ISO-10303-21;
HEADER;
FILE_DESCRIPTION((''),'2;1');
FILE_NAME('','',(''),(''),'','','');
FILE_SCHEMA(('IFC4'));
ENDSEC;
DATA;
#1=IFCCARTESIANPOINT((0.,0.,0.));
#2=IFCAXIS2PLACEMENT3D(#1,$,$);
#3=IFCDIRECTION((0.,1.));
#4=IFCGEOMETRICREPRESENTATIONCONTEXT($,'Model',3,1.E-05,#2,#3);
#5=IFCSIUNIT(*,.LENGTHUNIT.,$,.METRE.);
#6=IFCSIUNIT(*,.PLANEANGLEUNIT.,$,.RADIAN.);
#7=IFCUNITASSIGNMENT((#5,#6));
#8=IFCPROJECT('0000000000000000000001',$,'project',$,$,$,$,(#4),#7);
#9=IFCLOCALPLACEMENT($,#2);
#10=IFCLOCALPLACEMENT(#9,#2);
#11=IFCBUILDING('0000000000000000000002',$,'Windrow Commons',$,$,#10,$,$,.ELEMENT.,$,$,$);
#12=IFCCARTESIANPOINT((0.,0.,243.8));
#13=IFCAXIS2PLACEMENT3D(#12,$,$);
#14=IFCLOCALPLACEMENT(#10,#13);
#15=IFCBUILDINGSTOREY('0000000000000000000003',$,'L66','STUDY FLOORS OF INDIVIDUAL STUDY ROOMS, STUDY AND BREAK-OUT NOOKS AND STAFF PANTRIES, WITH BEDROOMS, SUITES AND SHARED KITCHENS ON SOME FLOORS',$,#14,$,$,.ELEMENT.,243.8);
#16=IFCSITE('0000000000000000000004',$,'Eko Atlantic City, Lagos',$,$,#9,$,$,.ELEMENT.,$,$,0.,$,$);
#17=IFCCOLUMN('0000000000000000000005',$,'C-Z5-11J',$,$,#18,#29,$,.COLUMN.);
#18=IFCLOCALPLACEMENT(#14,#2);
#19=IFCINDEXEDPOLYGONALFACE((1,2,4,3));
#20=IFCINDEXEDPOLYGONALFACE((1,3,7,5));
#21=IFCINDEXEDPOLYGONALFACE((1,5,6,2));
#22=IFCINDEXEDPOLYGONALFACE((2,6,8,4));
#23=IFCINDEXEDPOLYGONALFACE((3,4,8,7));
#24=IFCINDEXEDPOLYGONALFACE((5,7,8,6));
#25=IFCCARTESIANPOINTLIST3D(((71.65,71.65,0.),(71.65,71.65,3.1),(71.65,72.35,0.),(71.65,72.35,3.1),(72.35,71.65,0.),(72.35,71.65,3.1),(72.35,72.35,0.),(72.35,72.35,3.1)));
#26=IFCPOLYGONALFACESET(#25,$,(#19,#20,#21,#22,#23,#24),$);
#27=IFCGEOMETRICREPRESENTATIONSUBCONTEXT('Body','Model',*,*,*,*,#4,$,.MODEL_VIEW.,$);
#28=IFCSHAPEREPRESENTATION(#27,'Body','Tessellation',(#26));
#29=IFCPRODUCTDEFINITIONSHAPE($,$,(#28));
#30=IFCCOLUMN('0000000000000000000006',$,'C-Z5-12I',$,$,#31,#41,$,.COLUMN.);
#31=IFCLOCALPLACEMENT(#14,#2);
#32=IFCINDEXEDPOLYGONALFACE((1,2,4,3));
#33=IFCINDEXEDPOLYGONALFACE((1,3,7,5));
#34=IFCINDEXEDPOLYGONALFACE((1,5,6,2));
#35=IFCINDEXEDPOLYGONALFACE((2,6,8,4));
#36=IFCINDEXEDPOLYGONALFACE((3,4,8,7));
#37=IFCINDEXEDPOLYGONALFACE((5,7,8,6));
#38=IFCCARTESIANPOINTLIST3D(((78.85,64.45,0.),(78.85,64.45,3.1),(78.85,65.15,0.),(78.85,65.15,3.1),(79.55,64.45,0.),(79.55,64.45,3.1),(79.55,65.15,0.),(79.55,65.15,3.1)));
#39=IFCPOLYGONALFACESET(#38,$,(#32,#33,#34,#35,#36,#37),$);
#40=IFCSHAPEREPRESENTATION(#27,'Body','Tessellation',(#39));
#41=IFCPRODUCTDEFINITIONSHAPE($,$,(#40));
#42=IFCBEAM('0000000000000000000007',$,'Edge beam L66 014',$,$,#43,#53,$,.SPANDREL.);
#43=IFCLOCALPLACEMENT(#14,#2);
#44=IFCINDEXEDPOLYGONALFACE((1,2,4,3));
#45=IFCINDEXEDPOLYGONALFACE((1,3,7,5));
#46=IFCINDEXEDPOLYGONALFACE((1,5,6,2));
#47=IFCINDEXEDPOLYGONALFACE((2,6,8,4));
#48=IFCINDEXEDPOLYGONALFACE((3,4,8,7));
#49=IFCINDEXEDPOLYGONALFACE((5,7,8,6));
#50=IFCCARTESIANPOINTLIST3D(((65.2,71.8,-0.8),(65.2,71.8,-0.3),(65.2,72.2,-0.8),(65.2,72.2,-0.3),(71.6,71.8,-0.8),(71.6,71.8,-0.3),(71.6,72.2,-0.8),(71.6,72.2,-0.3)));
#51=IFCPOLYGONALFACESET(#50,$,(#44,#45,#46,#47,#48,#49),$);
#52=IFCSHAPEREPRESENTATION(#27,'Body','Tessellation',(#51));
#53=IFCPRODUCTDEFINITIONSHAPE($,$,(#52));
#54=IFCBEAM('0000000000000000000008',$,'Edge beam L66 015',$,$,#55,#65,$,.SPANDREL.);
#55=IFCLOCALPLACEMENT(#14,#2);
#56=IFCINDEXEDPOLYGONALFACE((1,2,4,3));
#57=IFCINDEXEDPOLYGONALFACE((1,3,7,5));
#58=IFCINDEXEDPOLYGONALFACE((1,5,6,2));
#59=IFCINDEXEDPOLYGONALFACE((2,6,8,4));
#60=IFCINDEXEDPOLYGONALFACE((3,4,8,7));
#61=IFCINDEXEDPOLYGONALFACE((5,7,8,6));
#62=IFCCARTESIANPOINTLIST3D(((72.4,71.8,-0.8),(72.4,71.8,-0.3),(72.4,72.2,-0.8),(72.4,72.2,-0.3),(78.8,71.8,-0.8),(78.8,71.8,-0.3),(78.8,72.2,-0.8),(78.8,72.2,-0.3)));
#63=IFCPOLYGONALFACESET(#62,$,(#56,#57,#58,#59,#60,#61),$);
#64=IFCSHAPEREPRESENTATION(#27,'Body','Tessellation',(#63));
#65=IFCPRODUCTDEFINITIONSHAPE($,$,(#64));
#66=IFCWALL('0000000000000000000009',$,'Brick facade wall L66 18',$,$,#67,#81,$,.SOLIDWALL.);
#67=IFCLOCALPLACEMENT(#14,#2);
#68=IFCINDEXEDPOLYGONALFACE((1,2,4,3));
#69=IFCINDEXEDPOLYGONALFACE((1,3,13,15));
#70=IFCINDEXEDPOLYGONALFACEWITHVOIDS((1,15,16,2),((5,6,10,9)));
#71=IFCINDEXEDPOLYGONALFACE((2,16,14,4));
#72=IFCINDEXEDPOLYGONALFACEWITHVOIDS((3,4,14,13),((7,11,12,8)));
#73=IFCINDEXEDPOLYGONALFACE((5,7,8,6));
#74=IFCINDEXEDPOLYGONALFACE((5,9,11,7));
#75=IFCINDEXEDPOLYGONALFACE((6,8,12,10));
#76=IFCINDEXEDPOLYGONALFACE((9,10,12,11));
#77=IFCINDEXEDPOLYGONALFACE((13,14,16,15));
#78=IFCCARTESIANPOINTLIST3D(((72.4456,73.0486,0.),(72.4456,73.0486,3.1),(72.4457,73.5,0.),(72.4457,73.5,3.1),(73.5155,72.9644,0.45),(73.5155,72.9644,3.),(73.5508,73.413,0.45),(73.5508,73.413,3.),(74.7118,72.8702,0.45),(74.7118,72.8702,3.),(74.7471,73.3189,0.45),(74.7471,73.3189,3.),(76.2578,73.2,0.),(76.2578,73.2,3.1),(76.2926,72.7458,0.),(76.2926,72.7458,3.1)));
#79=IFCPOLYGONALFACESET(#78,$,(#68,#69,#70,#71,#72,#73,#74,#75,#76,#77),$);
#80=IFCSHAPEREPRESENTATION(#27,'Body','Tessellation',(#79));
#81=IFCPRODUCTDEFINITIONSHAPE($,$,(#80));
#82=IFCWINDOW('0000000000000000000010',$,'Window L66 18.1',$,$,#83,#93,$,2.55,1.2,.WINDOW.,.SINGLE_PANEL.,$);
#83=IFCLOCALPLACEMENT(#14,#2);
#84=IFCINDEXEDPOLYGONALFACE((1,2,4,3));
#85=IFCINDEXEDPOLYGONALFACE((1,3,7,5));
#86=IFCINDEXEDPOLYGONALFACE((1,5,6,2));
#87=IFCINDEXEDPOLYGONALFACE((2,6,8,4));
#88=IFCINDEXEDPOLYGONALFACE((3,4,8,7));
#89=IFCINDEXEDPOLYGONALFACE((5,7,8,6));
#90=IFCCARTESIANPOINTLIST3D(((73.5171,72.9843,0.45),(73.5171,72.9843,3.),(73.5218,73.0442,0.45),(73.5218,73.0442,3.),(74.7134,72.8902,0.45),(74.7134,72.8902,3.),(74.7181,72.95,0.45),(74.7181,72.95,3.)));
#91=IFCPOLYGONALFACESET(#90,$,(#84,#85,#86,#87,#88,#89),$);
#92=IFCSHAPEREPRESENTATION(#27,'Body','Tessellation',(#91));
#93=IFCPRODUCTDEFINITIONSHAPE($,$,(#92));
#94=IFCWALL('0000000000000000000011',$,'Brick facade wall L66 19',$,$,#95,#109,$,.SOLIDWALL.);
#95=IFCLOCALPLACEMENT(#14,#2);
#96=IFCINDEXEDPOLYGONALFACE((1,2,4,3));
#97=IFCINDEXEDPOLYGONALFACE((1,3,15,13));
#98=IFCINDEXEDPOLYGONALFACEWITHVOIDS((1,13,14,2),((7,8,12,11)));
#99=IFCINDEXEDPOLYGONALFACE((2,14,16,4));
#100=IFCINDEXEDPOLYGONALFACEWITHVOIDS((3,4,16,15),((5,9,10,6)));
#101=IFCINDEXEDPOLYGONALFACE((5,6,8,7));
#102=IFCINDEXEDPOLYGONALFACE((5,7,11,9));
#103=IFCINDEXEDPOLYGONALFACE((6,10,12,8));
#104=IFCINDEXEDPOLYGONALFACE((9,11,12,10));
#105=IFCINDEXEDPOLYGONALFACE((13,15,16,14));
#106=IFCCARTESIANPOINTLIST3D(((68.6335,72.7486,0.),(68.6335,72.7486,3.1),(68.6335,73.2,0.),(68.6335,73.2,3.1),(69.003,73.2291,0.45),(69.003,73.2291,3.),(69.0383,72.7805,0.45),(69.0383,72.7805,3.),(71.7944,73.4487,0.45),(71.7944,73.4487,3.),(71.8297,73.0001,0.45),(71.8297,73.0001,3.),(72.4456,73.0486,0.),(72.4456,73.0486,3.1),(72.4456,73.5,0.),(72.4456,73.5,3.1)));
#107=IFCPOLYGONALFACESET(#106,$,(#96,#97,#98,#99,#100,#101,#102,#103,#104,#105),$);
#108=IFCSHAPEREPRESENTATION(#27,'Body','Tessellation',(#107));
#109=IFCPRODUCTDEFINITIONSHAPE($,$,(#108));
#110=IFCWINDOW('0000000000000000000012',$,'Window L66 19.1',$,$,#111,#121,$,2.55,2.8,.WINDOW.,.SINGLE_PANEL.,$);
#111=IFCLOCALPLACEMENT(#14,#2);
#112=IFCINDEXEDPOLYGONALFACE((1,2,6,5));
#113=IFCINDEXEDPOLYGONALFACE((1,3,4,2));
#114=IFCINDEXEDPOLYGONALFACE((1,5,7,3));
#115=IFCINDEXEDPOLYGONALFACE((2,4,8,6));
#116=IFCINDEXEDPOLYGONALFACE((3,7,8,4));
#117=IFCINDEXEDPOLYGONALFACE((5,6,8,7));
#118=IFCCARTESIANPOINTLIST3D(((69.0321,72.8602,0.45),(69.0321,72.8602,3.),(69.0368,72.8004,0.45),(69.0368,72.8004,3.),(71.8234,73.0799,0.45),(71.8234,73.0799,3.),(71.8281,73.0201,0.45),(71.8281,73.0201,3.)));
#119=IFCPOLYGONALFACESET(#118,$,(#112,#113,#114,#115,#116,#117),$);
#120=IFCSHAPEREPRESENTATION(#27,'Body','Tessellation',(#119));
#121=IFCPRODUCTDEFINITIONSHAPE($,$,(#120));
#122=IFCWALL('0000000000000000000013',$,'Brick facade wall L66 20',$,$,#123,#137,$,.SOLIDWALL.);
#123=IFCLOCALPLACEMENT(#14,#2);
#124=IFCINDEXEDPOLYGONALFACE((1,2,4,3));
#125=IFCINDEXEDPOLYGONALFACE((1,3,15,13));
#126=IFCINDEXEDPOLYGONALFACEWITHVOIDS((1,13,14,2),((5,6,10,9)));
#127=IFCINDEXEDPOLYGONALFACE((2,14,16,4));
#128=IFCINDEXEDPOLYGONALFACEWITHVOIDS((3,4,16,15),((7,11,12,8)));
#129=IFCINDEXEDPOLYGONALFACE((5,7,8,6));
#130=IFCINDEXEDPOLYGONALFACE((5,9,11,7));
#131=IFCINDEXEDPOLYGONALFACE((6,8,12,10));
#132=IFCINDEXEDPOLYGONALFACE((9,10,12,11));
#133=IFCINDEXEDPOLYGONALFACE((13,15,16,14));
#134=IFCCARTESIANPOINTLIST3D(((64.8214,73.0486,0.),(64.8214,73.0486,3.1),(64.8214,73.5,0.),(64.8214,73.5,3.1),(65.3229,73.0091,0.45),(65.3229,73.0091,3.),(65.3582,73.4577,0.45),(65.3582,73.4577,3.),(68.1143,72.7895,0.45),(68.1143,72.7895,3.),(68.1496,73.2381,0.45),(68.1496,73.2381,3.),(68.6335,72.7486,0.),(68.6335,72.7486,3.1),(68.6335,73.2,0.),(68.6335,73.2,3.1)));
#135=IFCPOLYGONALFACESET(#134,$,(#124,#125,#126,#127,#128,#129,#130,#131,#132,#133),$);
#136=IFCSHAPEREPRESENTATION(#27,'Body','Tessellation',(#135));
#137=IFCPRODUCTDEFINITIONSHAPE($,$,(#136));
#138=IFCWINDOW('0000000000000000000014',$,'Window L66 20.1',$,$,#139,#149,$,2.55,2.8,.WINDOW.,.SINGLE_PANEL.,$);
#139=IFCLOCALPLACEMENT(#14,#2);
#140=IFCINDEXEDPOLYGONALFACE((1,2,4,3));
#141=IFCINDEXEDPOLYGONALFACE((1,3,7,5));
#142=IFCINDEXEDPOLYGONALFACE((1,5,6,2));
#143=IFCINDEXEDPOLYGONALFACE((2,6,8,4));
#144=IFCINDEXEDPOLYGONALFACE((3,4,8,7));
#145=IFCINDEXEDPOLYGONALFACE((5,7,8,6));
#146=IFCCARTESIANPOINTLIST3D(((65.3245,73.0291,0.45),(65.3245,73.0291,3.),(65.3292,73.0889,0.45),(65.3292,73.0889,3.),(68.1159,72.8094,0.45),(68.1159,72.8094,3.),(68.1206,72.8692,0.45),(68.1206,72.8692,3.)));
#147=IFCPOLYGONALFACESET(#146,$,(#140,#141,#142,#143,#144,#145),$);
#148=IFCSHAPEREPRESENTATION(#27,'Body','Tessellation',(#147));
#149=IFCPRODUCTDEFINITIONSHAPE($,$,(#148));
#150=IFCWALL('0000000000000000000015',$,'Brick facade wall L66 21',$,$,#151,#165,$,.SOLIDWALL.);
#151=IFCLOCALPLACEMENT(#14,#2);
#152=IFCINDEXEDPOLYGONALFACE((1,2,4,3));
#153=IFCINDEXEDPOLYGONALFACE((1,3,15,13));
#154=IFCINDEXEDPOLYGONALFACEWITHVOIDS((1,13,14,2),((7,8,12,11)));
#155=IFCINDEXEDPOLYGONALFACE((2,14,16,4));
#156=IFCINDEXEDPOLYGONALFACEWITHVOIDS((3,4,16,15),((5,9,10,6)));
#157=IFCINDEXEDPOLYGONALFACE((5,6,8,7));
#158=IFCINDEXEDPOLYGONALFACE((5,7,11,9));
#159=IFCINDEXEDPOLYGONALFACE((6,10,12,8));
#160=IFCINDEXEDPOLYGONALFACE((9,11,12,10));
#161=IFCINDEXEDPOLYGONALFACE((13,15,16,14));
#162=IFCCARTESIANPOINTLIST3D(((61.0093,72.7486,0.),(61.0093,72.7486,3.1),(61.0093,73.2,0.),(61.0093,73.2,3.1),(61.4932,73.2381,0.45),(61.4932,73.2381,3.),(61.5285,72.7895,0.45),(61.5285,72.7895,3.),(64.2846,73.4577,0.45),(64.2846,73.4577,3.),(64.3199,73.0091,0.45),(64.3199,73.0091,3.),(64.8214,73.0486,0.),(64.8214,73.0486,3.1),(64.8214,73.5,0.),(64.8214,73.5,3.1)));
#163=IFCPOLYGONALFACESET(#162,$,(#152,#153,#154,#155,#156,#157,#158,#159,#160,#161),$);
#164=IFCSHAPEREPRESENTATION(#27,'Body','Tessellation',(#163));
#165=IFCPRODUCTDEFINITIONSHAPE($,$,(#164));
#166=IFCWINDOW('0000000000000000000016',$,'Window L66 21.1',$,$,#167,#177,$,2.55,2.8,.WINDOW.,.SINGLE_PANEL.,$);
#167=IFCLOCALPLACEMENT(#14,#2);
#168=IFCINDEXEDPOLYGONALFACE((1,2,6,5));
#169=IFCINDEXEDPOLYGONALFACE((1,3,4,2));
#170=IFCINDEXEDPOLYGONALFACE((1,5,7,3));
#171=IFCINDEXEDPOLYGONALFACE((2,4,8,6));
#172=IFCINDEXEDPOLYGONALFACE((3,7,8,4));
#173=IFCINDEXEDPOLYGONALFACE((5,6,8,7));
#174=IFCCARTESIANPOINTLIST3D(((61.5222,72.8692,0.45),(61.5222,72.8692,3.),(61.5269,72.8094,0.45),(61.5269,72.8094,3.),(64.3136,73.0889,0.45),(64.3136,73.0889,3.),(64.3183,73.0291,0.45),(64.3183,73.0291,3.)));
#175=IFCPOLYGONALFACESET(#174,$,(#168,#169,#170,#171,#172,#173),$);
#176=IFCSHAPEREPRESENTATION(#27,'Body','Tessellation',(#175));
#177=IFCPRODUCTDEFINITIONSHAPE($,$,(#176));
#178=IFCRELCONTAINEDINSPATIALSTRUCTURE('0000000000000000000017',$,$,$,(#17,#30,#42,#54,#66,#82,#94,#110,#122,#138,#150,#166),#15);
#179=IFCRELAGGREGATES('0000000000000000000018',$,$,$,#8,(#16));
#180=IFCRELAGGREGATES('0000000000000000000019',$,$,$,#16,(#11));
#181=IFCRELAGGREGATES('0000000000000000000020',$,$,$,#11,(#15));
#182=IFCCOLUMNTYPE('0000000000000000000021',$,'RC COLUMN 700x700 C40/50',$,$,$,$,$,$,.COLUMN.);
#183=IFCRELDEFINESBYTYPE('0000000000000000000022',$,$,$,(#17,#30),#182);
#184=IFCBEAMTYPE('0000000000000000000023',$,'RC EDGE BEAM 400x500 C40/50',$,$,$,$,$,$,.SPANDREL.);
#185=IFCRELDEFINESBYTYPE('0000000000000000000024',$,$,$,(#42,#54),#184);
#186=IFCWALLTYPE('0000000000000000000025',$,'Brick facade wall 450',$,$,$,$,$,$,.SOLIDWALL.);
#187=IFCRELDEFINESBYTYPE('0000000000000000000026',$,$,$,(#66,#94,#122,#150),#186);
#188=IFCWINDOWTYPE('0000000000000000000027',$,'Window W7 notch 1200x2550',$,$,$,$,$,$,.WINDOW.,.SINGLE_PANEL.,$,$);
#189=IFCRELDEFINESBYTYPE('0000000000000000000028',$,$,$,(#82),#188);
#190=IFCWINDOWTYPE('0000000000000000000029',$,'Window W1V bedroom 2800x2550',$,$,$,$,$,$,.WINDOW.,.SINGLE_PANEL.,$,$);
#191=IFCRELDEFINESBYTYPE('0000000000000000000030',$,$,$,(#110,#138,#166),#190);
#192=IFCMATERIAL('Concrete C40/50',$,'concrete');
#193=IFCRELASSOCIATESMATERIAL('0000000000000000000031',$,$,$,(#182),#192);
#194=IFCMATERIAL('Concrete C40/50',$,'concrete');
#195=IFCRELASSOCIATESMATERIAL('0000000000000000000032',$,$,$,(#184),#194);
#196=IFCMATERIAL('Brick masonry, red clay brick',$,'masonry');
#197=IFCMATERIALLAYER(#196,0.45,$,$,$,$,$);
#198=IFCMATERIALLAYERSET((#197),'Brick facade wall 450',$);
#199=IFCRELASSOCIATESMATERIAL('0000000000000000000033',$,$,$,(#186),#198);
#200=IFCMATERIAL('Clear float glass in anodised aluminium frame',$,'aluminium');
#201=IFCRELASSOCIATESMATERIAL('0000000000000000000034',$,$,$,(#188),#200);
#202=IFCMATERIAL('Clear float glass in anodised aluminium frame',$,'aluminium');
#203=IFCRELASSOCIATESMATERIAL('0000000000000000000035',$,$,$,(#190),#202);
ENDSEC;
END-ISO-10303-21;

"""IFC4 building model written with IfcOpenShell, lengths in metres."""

from ifc_helpers import new_model, si_unit, direction, frame, frame_2d, origin, origin_2d, place, context, subcontext, project, spatial, polyline, rectangle, outline, extrude, material, layer, layer_set, material_profile, profile_set, type_object, element, fill, save


model = new_model("IFC4")

# Units and contexts
model_context = context("Model", 3, precision=1e-05, world=origin(), true_north=direction((0.0, 1.0)))
body_context = subcontext(model_context, "Body", "Model", "MODEL_VIEW")
ifc_project = project(units=[si_unit("LENGTHUNIT", "METRE"), si_unit("PLANEANGLEUNIT", "RADIAN")], contexts=[model_context])

# Site, building, storey
site_placement = place(None, origin())
site = spatial("IfcSite", under=ifc_project, at=site_placement, Name="Eko Atlantic City, Lagos", CompositionType="ELEMENT", RefElevation=0.0)
building_placement = place(site_placement, origin())
building = spatial("IfcBuilding", under=site, at=building_placement, Name="Windrow Commons", CompositionType="ELEMENT")
storey_placement = place(building_placement, frame((0.0, 0.0, 243.8)))
storey = spatial("IfcBuildingStorey", under=building, at=storey_placement, Name="L66", Description="STUDY FLOORS OF INDIVIDUAL STUDY ROOMS, STUDY AND BREAK-OUT NOOKS AND STAFF PANTRIES, WITH BEDROOMS, SUITES AND SHARED KITCHENS ON SOME FLOORS", CompositionType="ELEMENT", Elevation=243.8)

# Columns
ifc_material_1 = material(Name="Concrete C40/50", Category="concrete")
ifc_material_profile_1 = material_profile(ifc_material_1, rectangle(XDim=0.7, YDim=0.7, at=origin_2d()))
ifc_profile_set_1 = profile_set([ifc_material_profile_1], Name="Concrete C40/50")
column_type = type_object("IfcColumnType", Name="RC COLUMN 700x700 C40/50", PredefinedType="COLUMN", material=ifc_profile_set_1)
for number, where, z_axis, x_axis, name in (
    (1, (72.0, 72.0, 0.0), (0.0, 0.0, 1.0), (1.0, 0.0, 0.0), "C-Z5-11J"),
    (2, (79.2, 64.8, 0.0), (0.0, 0.0, 1.0), (1.0, 0.0, 0.0), "C-Z5-12I"),
):
    element("IfcColumn", number, at=place(storey_placement, frame(where, z_axis=z_axis, x_axis=x_axis)), inside=storey, type_object=column_type, Name=name, PredefinedType="COLUMN", context=body_context, shape_type="SweptSolid", body=[
        extrude(rectangle(XDim=0.7, YDim=0.7, at=origin_2d()), origin(), (0.0, 0.0, 1.0), 3.1),
    ])

# Beams
ifc_material_2 = material(Name="Concrete C40/50", Category="concrete")
ifc_material_profile_2 = material_profile(ifc_material_2, rectangle(XDim=0.4, YDim=0.5, at=origin_2d()))
ifc_profile_set_2 = profile_set([ifc_material_profile_2], Name="Concrete C40/50")
beam_type = type_object("IfcBeamType", Name="RC EDGE BEAM 400x500 C40/50", PredefinedType="SPANDREL", material=ifc_profile_set_2)
for number, where, z_axis, x_axis, name in (
    (3, (65.2, 72.0, -0.55), (1.0, 0.0, 0.0), (0.0, 1.0, 0.0), "Edge beam L66 014"),
    (4, (72.4, 72.0, -0.55), (1.0, 0.0, 0.0), (0.0, 1.0, 0.0), "Edge beam L66 015"),
):
    element("IfcBeam", number, at=place(storey_placement, frame(where, z_axis=z_axis, x_axis=x_axis)), inside=storey, type_object=beam_type, Name=name, PredefinedType="SPANDREL", context=body_context, shape_type="SweptSolid", body=[
        extrude(rectangle(XDim=0.4, YDim=0.5, at=origin_2d()), origin(), (0.0, 0.0, 1.0), 6.4),
    ])

# Walls, openings, windows
ifc_material_3 = material(Name="Brick masonry, red clay brick", Category="masonry")
ifc_layer_1 = layer(ifc_material_3, 0.45)
ifc_layer_set_1 = layer_set([ifc_layer_1], Name="Brick facade wall 450")
wall_type_1 = type_object("IfcWallType", Name="Brick facade wall 450", PredefinedType="SOLIDWALL", material=ifc_layer_set_1)
wall_1_placement = place(storey_placement, frame((76.2752, 72.9729, 0.0), z_axis=(0.0, 0.0, 1.0), x_axis=(-0.996917, 0.07846, 0.0)))
wall_1 = element("IfcWall", 5, at=wall_1_placement, inside=storey, type_object=wall_type_1, Name="Brick facade wall L66 18", PredefinedType="SOLIDWALL", context=body_context, shape_type="SweptSolid", body=[
    extrude(outline(polyline([(0.0352, -0.225), (3.8591, -0.225), (3.8237, 0.225), (-0.0352, 0.225), (0.0352, -0.225)])), origin(), (0.0, 0.0, 1.0), 3.1),
])
opening_1_placement = place(wall_1_placement, frame((1.5505, 0.0, 0.45)))
opening_1 = element("IfcOpeningElement", 6, at=opening_1_placement, cuts=wall_1, PredefinedType="OPENING", context=body_context, shape_type="SweptSolid", body=[
    extrude(rectangle(XDim=1.2, YDim=2.55, at=frame_2d((0.6, 1.275))), frame((0.0, 0.235, 0.0), z_axis=(0.0, -1.0, 0.0), x_axis=(1.0, 0.0, 0.0)), (0.0, 0.0, 1.0), 0.47),
])
ifc_material_4 = material(Name="Clear float glass in anodised aluminium frame", Category="aluminium")
window_type_1 = type_object("IfcWindowType", Name="Window W7 notch 1200x2550", PartitioningType="SINGLE_PANEL", PredefinedType="WINDOW", material=ifc_material_4)
window_1_placement = place(opening_1_placement, origin())
window_1 = element("IfcWindow", 7, at=window_1_placement, inside=storey, type_object=window_type_1, Name="Window L66 18.1", OverallHeight=2.55, OverallWidth=1.2, PartitioningType="SINGLE_PANEL", PredefinedType="WINDOW", context=body_context, shape_type="SweptSolid", body=[
    extrude(rectangle(XDim=1.2, YDim=2.55, at=frame_2d((0.6, 1.275))), frame((0.0, 0.205, 0.0), z_axis=(0.0, -1.0, 0.0), x_axis=(1.0, 0.0, 0.0)), (0.0, 0.0, 1.0), 0.06),
])
fill(opening_1, window_1)
wall_2_placement = place(storey_placement, frame((72.4456, 73.2743, 0.0), z_axis=(0.0, 0.0, 1.0), x_axis=(-0.996918, -0.078454, 0.0)))
wall_2 = element("IfcWall", 8, at=wall_2_placement, inside=storey, type_object=wall_type_1, Name="Brick facade wall L66 19", PredefinedType="SOLIDWALL", context=body_context, shape_type="SweptSolid", body=[
    extrude(outline(polyline([(-0.0177, -0.225), (3.8062, -0.225), (3.8416, 0.225), (0.0177, 0.225), (-0.0177, -0.225)])), origin(), (0.0, 0.0, 1.0), 3.1),
])
opening_2_placement = place(wall_2_placement, frame((0.6355, 0.0, 0.45)))
opening_2 = element("IfcOpeningElement", 9, at=opening_2_placement, cuts=wall_2, PredefinedType="OPENING", context=body_context, shape_type="SweptSolid", body=[
    extrude(rectangle(XDim=2.8, YDim=2.55, at=frame_2d((1.4, 1.275))), frame((0.0, 0.235, 0.0), z_axis=(0.0, -1.0, 0.0), x_axis=(1.0, 0.0, 0.0)), (0.0, 0.0, 1.0), 0.47),
])
ifc_material_5 = material(Name="Clear float glass in anodised aluminium frame", Category="aluminium")
window_type_2 = type_object("IfcWindowType", Name="Window W1V bedroom 2800x2550", PartitioningType="SINGLE_PANEL", PredefinedType="WINDOW", material=ifc_material_5)
window_2_placement = place(opening_2_placement, origin())
window_2 = element("IfcWindow", 10, at=window_2_placement, inside=storey, type_object=window_type_2, Name="Window L66 19.1", OverallHeight=2.55, OverallWidth=2.8, PartitioningType="SINGLE_PANEL", PredefinedType="WINDOW", context=body_context, shape_type="SweptSolid", body=[
    extrude(rectangle(XDim=2.8, YDim=2.55, at=frame_2d((1.4, 1.275))), frame((0.0, 0.205, 0.0), z_axis=(0.0, -1.0, 0.0), x_axis=(1.0, 0.0, 0.0)), (0.0, 0.0, 1.0), 0.06),
])
fill(opening_2, window_2)
wall_3_placement = place(storey_placement, frame((68.6335, 72.9743, 0.0), z_axis=(0.0, 0.0, 1.0), x_axis=(-0.996918, 0.078454, 0.0)))
wall_3 = element("IfcWall", 11, at=wall_3_placement, inside=storey, type_object=wall_type_1, Name="Brick facade wall L66 20", PredefinedType="SOLIDWALL", context=body_context, shape_type="SweptSolid", body=[
    extrude(outline(polyline([(0.0177, -0.225), (3.8416, -0.225), (3.8062, 0.225), (-0.0177, 0.225), (0.0177, -0.225)])), origin(), (0.0, 0.0, 1.0), 3.1),
])
opening_3_placement = place(wall_3_placement, frame((0.5031, 0.0, 0.45)))
opening_3 = element("IfcOpeningElement", 12, at=opening_3_placement, cuts=wall_3, PredefinedType="OPENING", context=body_context, shape_type="SweptSolid", body=[
    extrude(rectangle(XDim=2.8, YDim=2.55, at=frame_2d((1.4, 1.275))), frame((0.0, 0.235, 0.0), z_axis=(0.0, -1.0, 0.0), x_axis=(1.0, 0.0, 0.0)), (0.0, 0.0, 1.0), 0.47),
])
window_3_placement = place(opening_3_placement, origin())
window_3 = element("IfcWindow", 13, at=window_3_placement, inside=storey, type_object=window_type_2, Name="Window L66 20.1", OverallHeight=2.55, OverallWidth=2.8, PartitioningType="SINGLE_PANEL", PredefinedType="WINDOW", context=body_context, shape_type="SweptSolid", body=[
    extrude(rectangle(XDim=2.8, YDim=2.55, at=frame_2d((1.4, 1.275))), frame((0.0, 0.205, 0.0), z_axis=(0.0, -1.0, 0.0), x_axis=(1.0, 0.0, 0.0)), (0.0, 0.0, 1.0), 0.06),
])
fill(opening_3, window_3)
wall_4_placement = place(storey_placement, frame((64.8214, 73.2743, 0.0), z_axis=(0.0, 0.0, 1.0), x_axis=(-0.996918, -0.078452, 0.0)))
wall_4 = element("IfcWall", 14, at=wall_4_placement, inside=storey, type_object=wall_type_1, Name="Brick facade wall L66 21", PredefinedType="SOLIDWALL", context=body_context, shape_type="SweptSolid", body=[
    extrude(outline(polyline([(-0.0177, -0.225), (3.8062, -0.225), (3.8416, 0.225), (0.0177, 0.225), (-0.0177, -0.225)])), origin(), (0.0, 0.0, 1.0), 3.1),
])
opening_4_placement = place(wall_4_placement, frame((0.5208, 0.0, 0.45)))
opening_4 = element("IfcOpeningElement", 15, at=opening_4_placement, cuts=wall_4, PredefinedType="OPENING", context=body_context, shape_type="SweptSolid", body=[
    extrude(rectangle(XDim=2.8, YDim=2.55, at=frame_2d((1.4, 1.275))), frame((0.0, 0.235, 0.0), z_axis=(0.0, -1.0, 0.0), x_axis=(1.0, 0.0, 0.0)), (0.0, 0.0, 1.0), 0.47),
])
window_4_placement = place(opening_4_placement, origin())
window_4 = element("IfcWindow", 16, at=window_4_placement, inside=storey, type_object=window_type_2, Name="Window L66 21.1", OverallHeight=2.55, OverallWidth=2.8, PartitioningType="SINGLE_PANEL", PredefinedType="WINDOW", context=body_context, shape_type="SweptSolid", body=[
    extrude(rectangle(XDim=2.8, YDim=2.55, at=frame_2d((1.4, 1.275))), frame((0.0, 0.205, 0.0), z_axis=(0.0, -1.0, 0.0), x_axis=(1.0, 0.0, 0.0)), (0.0, 0.0, 1.0), 0.06),
])
fill(opening_4, window_4)

save(model, "model.ifc")
